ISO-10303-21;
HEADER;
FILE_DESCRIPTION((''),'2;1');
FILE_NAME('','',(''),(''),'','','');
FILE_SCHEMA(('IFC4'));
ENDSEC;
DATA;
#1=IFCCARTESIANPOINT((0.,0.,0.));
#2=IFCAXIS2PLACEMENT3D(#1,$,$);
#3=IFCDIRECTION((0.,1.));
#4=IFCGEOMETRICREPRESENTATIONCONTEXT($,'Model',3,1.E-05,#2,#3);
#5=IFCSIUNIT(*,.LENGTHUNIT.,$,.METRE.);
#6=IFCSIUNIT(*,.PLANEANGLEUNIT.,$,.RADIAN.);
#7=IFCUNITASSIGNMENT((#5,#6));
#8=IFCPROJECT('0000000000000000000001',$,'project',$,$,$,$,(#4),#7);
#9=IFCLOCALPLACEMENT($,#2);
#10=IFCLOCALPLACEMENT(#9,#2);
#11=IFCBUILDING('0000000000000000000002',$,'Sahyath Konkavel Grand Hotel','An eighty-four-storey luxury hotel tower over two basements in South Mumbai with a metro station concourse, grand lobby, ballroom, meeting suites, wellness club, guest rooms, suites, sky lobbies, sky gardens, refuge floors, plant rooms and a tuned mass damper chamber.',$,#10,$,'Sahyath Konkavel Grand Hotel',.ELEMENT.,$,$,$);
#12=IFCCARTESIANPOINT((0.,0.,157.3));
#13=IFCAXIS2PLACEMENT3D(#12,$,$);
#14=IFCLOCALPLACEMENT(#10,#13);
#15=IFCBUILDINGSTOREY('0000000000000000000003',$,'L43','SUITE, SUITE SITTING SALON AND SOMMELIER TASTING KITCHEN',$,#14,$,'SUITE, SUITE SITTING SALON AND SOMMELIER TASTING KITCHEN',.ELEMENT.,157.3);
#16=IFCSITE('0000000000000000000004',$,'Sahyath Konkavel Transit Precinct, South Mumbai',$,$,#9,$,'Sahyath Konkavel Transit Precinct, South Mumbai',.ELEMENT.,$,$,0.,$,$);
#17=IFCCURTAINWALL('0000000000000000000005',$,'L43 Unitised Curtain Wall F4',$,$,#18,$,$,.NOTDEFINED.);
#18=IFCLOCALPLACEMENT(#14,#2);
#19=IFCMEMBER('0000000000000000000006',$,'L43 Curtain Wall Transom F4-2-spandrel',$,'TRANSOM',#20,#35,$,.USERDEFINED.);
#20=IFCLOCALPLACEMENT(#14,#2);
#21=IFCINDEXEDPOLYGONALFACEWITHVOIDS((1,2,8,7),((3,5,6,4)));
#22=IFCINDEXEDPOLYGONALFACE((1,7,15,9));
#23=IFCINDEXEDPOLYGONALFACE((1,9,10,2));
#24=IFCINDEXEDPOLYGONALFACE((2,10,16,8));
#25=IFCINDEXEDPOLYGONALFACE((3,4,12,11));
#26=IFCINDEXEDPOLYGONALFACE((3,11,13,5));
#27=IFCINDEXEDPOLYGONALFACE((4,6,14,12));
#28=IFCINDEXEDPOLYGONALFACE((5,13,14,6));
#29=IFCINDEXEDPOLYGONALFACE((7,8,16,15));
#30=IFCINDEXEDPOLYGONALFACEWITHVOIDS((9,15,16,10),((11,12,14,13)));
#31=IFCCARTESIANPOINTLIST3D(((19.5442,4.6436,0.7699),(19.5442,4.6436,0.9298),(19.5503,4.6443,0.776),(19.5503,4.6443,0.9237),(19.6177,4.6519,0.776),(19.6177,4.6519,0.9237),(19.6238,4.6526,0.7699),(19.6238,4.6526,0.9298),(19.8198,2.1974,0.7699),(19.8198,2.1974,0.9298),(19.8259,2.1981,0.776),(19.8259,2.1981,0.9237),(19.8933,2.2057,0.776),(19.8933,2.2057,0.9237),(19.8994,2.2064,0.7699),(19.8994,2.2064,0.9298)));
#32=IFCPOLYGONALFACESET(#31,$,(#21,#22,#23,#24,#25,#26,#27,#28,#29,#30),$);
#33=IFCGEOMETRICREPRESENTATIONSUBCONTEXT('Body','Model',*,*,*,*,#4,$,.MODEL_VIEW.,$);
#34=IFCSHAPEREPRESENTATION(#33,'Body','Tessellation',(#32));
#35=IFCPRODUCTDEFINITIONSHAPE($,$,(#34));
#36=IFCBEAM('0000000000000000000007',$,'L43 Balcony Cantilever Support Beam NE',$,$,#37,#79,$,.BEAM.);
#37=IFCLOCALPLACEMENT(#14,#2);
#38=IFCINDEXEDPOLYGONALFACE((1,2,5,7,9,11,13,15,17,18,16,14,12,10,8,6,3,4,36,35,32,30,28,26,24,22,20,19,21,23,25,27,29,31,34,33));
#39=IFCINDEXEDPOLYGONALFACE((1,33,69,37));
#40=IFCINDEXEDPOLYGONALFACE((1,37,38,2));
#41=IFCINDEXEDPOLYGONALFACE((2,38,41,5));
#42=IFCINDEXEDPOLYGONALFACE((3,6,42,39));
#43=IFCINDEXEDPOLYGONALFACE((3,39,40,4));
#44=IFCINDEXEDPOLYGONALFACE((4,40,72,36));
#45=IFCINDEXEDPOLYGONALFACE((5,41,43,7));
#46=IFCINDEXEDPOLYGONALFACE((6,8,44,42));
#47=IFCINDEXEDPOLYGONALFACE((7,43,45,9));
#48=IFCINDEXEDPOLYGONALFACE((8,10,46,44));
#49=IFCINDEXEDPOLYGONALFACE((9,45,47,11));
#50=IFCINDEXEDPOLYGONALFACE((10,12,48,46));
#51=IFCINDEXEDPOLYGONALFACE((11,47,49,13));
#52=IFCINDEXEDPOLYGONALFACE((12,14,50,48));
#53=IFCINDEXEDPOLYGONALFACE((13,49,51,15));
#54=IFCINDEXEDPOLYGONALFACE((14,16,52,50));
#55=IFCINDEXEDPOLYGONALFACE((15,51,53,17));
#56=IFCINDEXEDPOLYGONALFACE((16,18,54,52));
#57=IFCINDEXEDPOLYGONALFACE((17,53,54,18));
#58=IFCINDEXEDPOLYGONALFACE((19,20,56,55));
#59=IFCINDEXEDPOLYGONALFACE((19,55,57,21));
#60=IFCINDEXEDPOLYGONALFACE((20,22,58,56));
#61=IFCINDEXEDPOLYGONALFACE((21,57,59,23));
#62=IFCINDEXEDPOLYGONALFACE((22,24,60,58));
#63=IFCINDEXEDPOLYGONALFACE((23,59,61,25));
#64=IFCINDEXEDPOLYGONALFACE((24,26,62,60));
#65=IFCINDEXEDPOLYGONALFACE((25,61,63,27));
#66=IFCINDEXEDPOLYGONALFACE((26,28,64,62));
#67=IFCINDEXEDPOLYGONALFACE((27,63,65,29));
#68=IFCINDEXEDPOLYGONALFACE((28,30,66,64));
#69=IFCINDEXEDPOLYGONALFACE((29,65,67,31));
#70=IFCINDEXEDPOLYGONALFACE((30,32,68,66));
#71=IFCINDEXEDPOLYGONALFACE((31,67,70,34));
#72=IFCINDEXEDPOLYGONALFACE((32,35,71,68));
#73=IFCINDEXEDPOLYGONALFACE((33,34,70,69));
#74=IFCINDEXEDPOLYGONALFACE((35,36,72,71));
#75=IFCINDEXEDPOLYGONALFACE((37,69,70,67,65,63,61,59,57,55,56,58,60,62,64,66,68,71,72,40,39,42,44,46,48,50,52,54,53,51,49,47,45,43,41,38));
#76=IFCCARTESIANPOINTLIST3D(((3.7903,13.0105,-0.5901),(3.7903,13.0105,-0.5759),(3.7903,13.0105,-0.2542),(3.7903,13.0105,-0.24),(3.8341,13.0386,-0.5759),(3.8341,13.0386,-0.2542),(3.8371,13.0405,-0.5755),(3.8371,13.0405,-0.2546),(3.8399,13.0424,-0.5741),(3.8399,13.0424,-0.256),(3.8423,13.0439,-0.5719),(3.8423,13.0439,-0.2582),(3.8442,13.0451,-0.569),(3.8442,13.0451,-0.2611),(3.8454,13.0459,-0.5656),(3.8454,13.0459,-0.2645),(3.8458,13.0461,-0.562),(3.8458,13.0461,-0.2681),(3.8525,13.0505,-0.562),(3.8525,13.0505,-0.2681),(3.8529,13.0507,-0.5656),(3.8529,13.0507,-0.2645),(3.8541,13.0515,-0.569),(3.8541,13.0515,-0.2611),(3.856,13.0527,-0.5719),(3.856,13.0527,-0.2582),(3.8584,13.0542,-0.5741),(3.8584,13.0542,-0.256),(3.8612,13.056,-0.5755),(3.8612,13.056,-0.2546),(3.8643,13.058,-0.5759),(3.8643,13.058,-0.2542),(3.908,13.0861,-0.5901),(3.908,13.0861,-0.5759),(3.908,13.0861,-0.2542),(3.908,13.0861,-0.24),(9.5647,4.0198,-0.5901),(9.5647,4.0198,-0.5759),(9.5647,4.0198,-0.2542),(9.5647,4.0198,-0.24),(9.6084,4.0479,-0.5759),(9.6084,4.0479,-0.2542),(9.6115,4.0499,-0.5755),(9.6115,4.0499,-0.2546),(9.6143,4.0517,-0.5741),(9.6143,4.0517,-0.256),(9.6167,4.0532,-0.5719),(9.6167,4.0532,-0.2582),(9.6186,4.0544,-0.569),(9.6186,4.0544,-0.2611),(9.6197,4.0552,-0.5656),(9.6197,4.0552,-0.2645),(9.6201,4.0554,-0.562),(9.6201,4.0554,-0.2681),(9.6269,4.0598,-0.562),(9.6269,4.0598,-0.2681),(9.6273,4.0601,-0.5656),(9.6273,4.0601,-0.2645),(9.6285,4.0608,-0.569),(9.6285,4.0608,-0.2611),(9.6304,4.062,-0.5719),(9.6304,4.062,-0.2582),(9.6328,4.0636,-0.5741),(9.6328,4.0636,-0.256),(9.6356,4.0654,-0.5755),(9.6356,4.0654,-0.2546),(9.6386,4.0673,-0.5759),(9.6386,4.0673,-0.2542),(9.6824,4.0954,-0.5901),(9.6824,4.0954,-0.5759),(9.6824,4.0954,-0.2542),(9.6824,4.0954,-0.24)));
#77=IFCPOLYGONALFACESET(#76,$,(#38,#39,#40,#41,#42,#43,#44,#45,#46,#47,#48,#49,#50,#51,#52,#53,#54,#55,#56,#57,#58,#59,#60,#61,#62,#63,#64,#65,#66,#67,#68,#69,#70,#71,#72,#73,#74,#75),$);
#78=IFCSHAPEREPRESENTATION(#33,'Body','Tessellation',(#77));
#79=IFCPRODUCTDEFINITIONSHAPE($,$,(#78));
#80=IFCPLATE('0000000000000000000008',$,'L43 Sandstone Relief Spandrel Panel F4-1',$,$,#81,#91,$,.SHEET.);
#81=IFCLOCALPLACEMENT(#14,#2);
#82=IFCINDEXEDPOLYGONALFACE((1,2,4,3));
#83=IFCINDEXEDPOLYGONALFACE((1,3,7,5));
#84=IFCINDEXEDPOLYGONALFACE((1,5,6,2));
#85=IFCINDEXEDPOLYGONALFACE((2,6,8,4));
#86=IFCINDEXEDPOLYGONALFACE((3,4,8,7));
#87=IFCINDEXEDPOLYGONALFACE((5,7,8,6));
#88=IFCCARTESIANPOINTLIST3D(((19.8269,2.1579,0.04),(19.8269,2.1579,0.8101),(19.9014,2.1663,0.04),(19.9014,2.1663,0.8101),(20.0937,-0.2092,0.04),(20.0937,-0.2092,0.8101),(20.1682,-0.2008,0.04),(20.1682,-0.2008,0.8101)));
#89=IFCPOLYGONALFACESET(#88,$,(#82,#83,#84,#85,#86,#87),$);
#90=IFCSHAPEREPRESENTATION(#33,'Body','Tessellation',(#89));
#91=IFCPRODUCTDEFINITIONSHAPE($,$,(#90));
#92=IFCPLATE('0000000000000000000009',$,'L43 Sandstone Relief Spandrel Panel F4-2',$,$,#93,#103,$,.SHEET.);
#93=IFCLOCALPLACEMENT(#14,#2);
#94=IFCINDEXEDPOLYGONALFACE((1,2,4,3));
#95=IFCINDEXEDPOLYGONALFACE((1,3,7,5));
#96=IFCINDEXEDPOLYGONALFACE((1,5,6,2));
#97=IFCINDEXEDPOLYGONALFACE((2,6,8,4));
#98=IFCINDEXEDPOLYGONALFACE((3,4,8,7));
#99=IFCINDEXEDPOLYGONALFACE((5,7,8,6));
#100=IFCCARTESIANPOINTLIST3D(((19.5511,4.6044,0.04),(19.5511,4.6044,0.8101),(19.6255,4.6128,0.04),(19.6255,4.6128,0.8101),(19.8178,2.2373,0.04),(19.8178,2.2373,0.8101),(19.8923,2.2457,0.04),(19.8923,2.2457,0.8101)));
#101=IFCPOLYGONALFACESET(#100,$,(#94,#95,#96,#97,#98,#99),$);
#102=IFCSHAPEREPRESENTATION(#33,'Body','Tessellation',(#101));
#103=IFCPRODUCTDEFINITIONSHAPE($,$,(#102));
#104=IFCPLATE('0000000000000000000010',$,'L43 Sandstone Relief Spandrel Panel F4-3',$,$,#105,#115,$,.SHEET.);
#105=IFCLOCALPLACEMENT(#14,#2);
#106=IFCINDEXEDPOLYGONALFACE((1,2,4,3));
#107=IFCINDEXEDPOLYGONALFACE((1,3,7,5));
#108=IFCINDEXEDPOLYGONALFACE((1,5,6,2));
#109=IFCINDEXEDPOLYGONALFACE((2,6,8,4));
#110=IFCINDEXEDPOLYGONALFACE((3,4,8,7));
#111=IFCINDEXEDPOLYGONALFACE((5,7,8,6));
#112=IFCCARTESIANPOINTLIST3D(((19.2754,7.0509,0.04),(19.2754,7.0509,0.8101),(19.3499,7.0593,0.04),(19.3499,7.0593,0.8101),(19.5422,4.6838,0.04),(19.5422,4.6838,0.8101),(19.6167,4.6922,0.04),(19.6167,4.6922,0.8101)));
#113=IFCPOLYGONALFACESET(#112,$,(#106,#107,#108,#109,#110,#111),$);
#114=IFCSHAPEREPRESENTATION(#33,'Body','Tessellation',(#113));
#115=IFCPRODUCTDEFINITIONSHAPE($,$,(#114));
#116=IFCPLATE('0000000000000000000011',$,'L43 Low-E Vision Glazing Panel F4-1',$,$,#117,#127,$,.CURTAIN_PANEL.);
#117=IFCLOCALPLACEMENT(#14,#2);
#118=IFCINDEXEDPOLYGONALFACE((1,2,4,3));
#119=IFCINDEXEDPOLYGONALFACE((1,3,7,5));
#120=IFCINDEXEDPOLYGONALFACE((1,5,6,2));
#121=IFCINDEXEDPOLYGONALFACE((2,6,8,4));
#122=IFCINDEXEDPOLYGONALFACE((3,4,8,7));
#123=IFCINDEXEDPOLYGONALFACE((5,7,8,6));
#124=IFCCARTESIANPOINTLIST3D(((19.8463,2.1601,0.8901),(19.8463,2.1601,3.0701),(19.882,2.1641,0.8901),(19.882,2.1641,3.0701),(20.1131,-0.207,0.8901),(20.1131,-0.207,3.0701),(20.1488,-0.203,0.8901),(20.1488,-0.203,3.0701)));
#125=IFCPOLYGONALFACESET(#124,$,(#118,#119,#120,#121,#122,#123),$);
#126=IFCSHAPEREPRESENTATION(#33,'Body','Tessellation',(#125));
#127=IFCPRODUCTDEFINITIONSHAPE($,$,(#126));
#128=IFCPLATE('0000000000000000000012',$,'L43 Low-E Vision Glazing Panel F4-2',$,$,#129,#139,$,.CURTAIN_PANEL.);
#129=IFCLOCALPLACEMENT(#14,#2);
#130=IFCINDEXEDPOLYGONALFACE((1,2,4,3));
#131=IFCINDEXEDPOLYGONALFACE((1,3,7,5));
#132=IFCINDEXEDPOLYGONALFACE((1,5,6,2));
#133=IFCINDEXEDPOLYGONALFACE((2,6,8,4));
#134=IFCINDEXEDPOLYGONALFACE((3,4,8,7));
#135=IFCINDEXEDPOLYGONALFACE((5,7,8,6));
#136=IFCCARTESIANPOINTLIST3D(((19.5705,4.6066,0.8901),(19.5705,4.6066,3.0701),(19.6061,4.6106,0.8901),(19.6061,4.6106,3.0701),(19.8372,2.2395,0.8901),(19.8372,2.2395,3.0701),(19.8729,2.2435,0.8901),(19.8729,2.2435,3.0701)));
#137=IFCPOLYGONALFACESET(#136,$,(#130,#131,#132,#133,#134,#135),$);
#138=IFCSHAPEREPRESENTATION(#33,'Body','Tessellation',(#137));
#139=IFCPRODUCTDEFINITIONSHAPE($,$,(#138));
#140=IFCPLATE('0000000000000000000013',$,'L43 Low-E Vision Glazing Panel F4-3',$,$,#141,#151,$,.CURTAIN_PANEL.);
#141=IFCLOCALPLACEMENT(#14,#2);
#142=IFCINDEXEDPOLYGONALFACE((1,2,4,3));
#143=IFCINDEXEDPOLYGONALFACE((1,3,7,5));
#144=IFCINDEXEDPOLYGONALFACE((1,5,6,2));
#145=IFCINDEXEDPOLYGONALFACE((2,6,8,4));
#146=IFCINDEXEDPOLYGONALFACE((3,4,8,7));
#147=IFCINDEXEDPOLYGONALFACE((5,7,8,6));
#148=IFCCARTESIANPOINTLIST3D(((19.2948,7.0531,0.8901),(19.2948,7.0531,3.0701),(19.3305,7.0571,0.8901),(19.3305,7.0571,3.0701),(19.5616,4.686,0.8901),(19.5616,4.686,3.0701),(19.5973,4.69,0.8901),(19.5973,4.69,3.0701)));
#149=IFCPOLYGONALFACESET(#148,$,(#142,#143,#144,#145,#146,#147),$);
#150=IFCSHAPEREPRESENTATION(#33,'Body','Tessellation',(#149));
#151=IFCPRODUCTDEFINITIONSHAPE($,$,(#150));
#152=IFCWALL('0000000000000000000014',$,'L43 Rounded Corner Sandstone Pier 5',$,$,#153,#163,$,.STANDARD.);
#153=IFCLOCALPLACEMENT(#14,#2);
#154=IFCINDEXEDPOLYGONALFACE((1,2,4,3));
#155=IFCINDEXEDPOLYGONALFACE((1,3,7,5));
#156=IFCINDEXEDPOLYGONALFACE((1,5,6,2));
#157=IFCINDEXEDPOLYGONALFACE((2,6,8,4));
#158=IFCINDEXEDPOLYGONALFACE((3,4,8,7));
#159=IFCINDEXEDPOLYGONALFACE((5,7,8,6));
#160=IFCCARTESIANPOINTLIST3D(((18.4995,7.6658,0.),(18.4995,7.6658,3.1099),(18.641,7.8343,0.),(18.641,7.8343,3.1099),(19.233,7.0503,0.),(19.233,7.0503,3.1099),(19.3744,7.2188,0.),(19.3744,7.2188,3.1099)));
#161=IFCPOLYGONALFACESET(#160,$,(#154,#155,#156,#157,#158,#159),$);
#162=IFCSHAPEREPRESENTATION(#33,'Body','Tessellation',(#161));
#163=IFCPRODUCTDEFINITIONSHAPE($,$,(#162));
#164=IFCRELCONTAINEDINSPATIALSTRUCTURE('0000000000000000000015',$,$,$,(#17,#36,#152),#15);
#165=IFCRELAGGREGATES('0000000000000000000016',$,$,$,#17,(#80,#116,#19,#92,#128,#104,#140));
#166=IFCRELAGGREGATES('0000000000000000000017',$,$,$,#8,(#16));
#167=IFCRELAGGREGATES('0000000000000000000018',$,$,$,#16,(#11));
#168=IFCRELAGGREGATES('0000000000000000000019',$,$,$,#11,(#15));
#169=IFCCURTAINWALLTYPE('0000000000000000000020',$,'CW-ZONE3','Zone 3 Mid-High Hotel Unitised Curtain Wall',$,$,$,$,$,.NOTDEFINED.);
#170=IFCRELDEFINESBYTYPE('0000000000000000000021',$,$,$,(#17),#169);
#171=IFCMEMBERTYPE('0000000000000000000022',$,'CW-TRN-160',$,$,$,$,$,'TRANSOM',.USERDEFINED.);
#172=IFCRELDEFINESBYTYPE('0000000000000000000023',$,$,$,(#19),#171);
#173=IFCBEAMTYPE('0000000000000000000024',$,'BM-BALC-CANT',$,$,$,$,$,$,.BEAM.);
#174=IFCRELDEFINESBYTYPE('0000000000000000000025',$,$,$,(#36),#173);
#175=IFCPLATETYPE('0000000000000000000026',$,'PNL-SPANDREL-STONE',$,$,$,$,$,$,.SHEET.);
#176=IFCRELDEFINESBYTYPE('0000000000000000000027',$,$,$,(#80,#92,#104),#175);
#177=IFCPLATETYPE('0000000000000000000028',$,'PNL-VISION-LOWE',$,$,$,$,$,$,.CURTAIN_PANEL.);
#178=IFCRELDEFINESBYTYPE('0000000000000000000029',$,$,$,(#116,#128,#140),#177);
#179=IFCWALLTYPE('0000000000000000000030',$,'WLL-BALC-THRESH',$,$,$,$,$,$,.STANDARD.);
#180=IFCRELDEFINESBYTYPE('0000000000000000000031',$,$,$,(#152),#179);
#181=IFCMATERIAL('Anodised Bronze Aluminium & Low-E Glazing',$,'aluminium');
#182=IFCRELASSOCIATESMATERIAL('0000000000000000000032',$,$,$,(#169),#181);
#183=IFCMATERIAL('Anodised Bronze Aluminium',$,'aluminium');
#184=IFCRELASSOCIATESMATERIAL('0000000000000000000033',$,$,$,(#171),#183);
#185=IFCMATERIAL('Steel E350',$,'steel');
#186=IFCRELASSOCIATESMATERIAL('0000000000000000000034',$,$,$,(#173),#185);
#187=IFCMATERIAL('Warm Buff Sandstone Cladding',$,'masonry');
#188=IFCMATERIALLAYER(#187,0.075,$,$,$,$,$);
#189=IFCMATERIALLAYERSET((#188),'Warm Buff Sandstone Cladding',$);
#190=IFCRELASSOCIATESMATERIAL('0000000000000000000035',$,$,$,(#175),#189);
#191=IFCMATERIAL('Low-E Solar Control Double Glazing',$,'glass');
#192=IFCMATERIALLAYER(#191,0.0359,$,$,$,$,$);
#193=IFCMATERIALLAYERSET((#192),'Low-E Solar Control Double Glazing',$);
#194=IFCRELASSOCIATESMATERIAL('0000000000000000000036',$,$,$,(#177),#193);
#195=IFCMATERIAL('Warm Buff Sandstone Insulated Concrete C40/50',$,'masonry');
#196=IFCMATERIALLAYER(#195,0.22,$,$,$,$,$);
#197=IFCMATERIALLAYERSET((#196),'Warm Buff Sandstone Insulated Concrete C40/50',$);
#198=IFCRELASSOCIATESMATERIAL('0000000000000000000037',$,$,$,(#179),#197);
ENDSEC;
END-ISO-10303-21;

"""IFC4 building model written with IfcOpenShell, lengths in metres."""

from ifc_helpers import new_model, si_unit, direction, frame, frame_2d, origin, origin_2d, place, context, subcontext, project, spatial, rectangle, hollow_rectangle, i_section, extrude, source, transform, mapped, material, layer, layer_set, material_profile, profile_set, type_object, element, aggregate, save


model = new_model("IFC4")

# Units and contexts
model_context = context("Model", 3, precision=1e-05, world=origin(), true_north=direction((0.0, 1.0)))
body_context = subcontext(model_context, "Body", "Model", "MODEL_VIEW")
ifc_project = project(units=[si_unit("LENGTHUNIT", "METRE"), si_unit("PLANEANGLEUNIT", "RADIAN")], contexts=[model_context])

# Site, building, storey
site_placement = place(None, origin())
site = spatial("IfcSite", under=ifc_project, at=site_placement, Name="Sahyath Konkavel Transit Precinct, South Mumbai", LongName="Sahyath Konkavel Transit Precinct, South Mumbai", CompositionType="ELEMENT", RefElevation=0.0)
building_placement = place(site_placement, origin())
building = spatial("IfcBuilding", under=site, at=building_placement, Name="Sahyath Konkavel Grand Hotel", Description="An eighty-four-storey luxury hotel tower over two basements in South Mumbai with a metro station concourse, grand lobby, ballroom, meeting suites, wellness club, guest rooms, suites, sky lobbies, sky gardens, refuge floors, plant rooms and a tuned mass damper chamber.", LongName="Sahyath Konkavel Grand Hotel", CompositionType="ELEMENT")
storey_placement = place(building_placement, frame((0.0, 0.0, 157.3)))
storey = spatial("IfcBuildingStorey", under=building, at=storey_placement, Name="L43", Description="SUITE, SUITE SITTING SALON AND SOMMELIER TASTING KITCHEN", LongName="SUITE, SUITE SITTING SALON AND SOMMELIER TASTING KITCHEN", CompositionType="ELEMENT", Elevation=157.3)

# Shared definitions
ifc_material_1 = material(Name="Steel E350", Category="steel")

# Curtain wall
ifc_material_2 = material(Name="Anodised Bronze Aluminium & Low-E Glazing", Category="aluminium")
curtain_wall_type = type_object("IfcCurtainWallType", Name="CW-ZONE3", Description="Zone 3 Mid-High Hotel Unitised Curtain Wall", PredefinedType="NOTDEFINED", material=ifc_material_2)
curtain_wall_1_placement = place(storey_placement, origin())
curtain_wall_1 = element("IfcCurtainWall", 1, at=curtain_wall_1_placement, inside=storey, type_object=curtain_wall_type, Name="L43 Unitised Curtain Wall F4", PredefinedType="NOTDEFINED")
ifc_material_3 = material(Name="Anodised Bronze Aluminium", Category="aluminium")

# Member
ifc_material_profile_1 = material_profile(ifc_material_3, hollow_rectangle(XDim=0.0801, YDim=0.1599, WallThickness=0.0061, at=origin_2d()), Name="RHS 160x80x6")
ifc_profile_set_1 = profile_set([ifc_material_profile_1], Name="Anodised Bronze Aluminium")
member_type_1 = type_object("IfcMemberType", Name="CW-TRN-160", ElementType="TRANSOM", PredefinedType="USERDEFINED", material=ifc_profile_set_1)
shared_shape_1 = source(origin(), body_context, "Body", "SweptSolid", [
    extrude(hollow_rectangle(XDim=0.0801, YDim=0.1599, WallThickness=0.0061, at=origin_2d()), origin(), (0.0, 0.0, 1.0), 2.4617),
])
member_1_placement = place(storey_placement, frame((19.8596, 2.2019, 0.8499), z_axis=(-0.111966, 0.993712, 0.0), x_axis=(-0.993712, -0.111966, 0.0)))
member_1 = element("IfcMember", 2, at=member_1_placement, type_object=member_type_1, Name="L43 Curtain Wall Transom F4-2-spandrel", ObjectType="TRANSOM", PredefinedType="USERDEFINED", context=body_context, shape_type="MappedRepresentation", body=[
    mapped(shared_shape_1, transform((0.0, 0.0, 0.0), scale=1.0)),
])

# Beam
ifc_material_profile_2 = material_profile(ifc_material_1, i_section(OverallWidth=0.1399, OverallDepth=0.3501, WebThickness=0.0081, FlangeThickness=0.0142, FilletRadius=0.0139, at=origin_2d()), Name="ISMB 350")
ifc_profile_set_2 = profile_set([ifc_material_profile_2], Name="Steel E350")
beam_type_1 = type_object("IfcBeamType", Name="BM-BALC-CANT", PredefinedType="BEAM", material=ifc_profile_set_2)
shared_shape_2 = source(origin(), body_context, "Body", "SweptSolid", [
    extrude(i_section(OverallWidth=0.1399, OverallDepth=0.3501, WebThickness=0.0081, FlangeThickness=0.0142, FilletRadius=0.0139, at=origin_2d()), origin(), (0.0, 0.0, 1.0), 10.6853),
])
beam_1_placement = place(storey_placement, frame((9.6235, 4.0576, -0.415), z_axis=(-0.540404, 0.841406, 0.0), x_axis=(-0.841406, -0.540404, 0.0)))
element("IfcBeam", 3, at=beam_1_placement, inside=storey, type_object=beam_type_1, Name="L43 Balcony Cantilever Support Beam NE", PredefinedType="BEAM", context=body_context, shape_type="MappedRepresentation", body=[
    mapped(shared_shape_2, transform((0.0, 0.0, 0.0), scale=1.0)),
])

# Plates
ifc_material_4 = material(Name="Warm Buff Sandstone Cladding", Category="masonry")
ifc_layer_1 = layer(ifc_material_4, 0.075)
ifc_layer_set_1 = layer_set([ifc_layer_1], Name="Warm Buff Sandstone Cladding")
plate_type_1 = type_object("IfcPlateType", Name="PNL-SPANDREL-STONE", PredefinedType="SHEET", material=ifc_layer_set_1)
shared_shape_3 = source(origin(), body_context, "Body", "SweptSolid", [
    extrude(rectangle(XDim=2.3821, YDim=0.075, at=origin_2d()), origin(), (0.0, 0.0, 1.0), 0.77),
])
plate_1_placement = place(storey_placement, frame((19.9976, 0.9785, 0.04), z_axis=(0.0, 0.0, 1.0), x_axis=(-0.111989, 0.993709, 0.0)))
plate_1 = element("IfcPlate", 4, at=plate_1_placement, type_object=plate_type_1, Name="L43 Sandstone Relief Spandrel Panel F4-1", PredefinedType="SHEET", context=body_context, shape_type="MappedRepresentation", body=[
    mapped(shared_shape_3, transform((0.0, 0.0, 0.0), scale=1.0)),
])
plate_2_placement = place(storey_placement, frame((19.7217, 3.425, 0.04), z_axis=(0.0, 0.0, 1.0), x_axis=(-0.111989, 0.993709, 0.0)))
plate_2 = element("IfcPlate", 5, at=plate_2_placement, type_object=plate_type_1, Name="L43 Sandstone Relief Spandrel Panel F4-2", PredefinedType="SHEET", context=body_context, shape_type="MappedRepresentation", body=[
    mapped(shared_shape_3, transform((0.0, 0.0, 0.0), scale=1.0)),
])
plate_3_placement = place(storey_placement, frame((19.446, 5.8716, 0.04), z_axis=(0.0, 0.0, 1.0), x_axis=(-0.111989, 0.993709, 0.0)))
plate_3 = element("IfcPlate", 6, at=plate_3_placement, type_object=plate_type_1, Name="L43 Sandstone Relief Spandrel Panel F4-3", PredefinedType="SHEET", context=body_context, shape_type="MappedRepresentation", body=[
    mapped(shared_shape_3, transform((0.0, 0.0, 0.0), scale=1.0)),
])
ifc_material_5 = material(Name="Low-E Solar Control Double Glazing", Category="glass")
ifc_layer_2 = layer(ifc_material_5, 0.0359)
ifc_layer_set_2 = layer_set([ifc_layer_2], Name="Low-E Solar Control Double Glazing")
plate_type_2 = type_object("IfcPlateType", Name="PNL-VISION-LOWE", PredefinedType="CURTAIN_PANEL", material=ifc_layer_set_2)
shared_shape_4 = source(origin(), body_context, "Body", "SweptSolid", [
    extrude(rectangle(XDim=2.3821, YDim=0.0359, at=origin_2d()), origin(), (0.0, 0.0, 1.0), 2.1799),
])
plate_4_placement = place(storey_placement, frame((19.9976, 0.9785, 0.8901), z_axis=(0.0, 0.0, 1.0), x_axis=(-0.111989, 0.993709, 0.0)))
plate_4 = element("IfcPlate", 7, at=plate_4_placement, type_object=plate_type_2, Name="L43 Low-E Vision Glazing Panel F4-1", PredefinedType="CURTAIN_PANEL", context=body_context, shape_type="MappedRepresentation", body=[
    mapped(shared_shape_4, transform((0.0, 0.0, 0.0), scale=1.0)),
])
plate_5_placement = place(storey_placement, frame((19.7217, 3.425, 0.8901), z_axis=(0.0, 0.0, 1.0), x_axis=(-0.111989, 0.993709, 0.0)))
plate_5 = element("IfcPlate", 8, at=plate_5_placement, type_object=plate_type_2, Name="L43 Low-E Vision Glazing Panel F4-2", PredefinedType="CURTAIN_PANEL", context=body_context, shape_type="MappedRepresentation", body=[
    mapped(shared_shape_4, transform((0.0, 0.0, 0.0), scale=1.0)),
])
plate_6_placement = place(storey_placement, frame((19.446, 5.8716, 0.8901), z_axis=(0.0, 0.0, 1.0), x_axis=(-0.111989, 0.993709, 0.0)))
plate_6 = element("IfcPlate", 9, at=plate_6_placement, type_object=plate_type_2, Name="L43 Low-E Vision Glazing Panel F4-3", PredefinedType="CURTAIN_PANEL", context=body_context, shape_type="MappedRepresentation", body=[
    mapped(shared_shape_4, transform((0.0, 0.0, 0.0), scale=1.0)),
])
aggregate(curtain_wall_1, [plate_1, plate_4, member_1, plate_2, plate_5, plate_3, plate_6])

# Wall
ifc_material_6 = material(Name="Warm Buff Sandstone Insulated Concrete C40/50", Category="masonry")
ifc_layer_3 = layer(ifc_material_6, 0.22)
ifc_layer_set_3 = layer_set([ifc_layer_3], Name="Warm Buff Sandstone Insulated Concrete C40/50")
wall_type_1 = type_object("IfcWallType", Name="WLL-BALC-THRESH", PredefinedType="STANDARD", material=ifc_layer_set_3)
wall_1_placement = place(storey_placement, frame((19.3037, 7.1345, 0.0), z_axis=(0.0, 0.0, 1.0), x_axis=(-0.766001, 0.642839, 0.0)))
element("IfcWall", 10, at=wall_1_placement, inside=storey, type_object=wall_type_1, Name="L43 Rounded Corner Sandstone Pier 5", PredefinedType="STANDARD", context=body_context, shape_type="SweptSolid", body=[
    extrude(rectangle(XDim=0.9575, YDim=0.22, at=frame_2d((0.4788, 0.0))), origin(), (0.0, 0.0, 1.0), 3.1099),
])

save(model, "model.ifc")
